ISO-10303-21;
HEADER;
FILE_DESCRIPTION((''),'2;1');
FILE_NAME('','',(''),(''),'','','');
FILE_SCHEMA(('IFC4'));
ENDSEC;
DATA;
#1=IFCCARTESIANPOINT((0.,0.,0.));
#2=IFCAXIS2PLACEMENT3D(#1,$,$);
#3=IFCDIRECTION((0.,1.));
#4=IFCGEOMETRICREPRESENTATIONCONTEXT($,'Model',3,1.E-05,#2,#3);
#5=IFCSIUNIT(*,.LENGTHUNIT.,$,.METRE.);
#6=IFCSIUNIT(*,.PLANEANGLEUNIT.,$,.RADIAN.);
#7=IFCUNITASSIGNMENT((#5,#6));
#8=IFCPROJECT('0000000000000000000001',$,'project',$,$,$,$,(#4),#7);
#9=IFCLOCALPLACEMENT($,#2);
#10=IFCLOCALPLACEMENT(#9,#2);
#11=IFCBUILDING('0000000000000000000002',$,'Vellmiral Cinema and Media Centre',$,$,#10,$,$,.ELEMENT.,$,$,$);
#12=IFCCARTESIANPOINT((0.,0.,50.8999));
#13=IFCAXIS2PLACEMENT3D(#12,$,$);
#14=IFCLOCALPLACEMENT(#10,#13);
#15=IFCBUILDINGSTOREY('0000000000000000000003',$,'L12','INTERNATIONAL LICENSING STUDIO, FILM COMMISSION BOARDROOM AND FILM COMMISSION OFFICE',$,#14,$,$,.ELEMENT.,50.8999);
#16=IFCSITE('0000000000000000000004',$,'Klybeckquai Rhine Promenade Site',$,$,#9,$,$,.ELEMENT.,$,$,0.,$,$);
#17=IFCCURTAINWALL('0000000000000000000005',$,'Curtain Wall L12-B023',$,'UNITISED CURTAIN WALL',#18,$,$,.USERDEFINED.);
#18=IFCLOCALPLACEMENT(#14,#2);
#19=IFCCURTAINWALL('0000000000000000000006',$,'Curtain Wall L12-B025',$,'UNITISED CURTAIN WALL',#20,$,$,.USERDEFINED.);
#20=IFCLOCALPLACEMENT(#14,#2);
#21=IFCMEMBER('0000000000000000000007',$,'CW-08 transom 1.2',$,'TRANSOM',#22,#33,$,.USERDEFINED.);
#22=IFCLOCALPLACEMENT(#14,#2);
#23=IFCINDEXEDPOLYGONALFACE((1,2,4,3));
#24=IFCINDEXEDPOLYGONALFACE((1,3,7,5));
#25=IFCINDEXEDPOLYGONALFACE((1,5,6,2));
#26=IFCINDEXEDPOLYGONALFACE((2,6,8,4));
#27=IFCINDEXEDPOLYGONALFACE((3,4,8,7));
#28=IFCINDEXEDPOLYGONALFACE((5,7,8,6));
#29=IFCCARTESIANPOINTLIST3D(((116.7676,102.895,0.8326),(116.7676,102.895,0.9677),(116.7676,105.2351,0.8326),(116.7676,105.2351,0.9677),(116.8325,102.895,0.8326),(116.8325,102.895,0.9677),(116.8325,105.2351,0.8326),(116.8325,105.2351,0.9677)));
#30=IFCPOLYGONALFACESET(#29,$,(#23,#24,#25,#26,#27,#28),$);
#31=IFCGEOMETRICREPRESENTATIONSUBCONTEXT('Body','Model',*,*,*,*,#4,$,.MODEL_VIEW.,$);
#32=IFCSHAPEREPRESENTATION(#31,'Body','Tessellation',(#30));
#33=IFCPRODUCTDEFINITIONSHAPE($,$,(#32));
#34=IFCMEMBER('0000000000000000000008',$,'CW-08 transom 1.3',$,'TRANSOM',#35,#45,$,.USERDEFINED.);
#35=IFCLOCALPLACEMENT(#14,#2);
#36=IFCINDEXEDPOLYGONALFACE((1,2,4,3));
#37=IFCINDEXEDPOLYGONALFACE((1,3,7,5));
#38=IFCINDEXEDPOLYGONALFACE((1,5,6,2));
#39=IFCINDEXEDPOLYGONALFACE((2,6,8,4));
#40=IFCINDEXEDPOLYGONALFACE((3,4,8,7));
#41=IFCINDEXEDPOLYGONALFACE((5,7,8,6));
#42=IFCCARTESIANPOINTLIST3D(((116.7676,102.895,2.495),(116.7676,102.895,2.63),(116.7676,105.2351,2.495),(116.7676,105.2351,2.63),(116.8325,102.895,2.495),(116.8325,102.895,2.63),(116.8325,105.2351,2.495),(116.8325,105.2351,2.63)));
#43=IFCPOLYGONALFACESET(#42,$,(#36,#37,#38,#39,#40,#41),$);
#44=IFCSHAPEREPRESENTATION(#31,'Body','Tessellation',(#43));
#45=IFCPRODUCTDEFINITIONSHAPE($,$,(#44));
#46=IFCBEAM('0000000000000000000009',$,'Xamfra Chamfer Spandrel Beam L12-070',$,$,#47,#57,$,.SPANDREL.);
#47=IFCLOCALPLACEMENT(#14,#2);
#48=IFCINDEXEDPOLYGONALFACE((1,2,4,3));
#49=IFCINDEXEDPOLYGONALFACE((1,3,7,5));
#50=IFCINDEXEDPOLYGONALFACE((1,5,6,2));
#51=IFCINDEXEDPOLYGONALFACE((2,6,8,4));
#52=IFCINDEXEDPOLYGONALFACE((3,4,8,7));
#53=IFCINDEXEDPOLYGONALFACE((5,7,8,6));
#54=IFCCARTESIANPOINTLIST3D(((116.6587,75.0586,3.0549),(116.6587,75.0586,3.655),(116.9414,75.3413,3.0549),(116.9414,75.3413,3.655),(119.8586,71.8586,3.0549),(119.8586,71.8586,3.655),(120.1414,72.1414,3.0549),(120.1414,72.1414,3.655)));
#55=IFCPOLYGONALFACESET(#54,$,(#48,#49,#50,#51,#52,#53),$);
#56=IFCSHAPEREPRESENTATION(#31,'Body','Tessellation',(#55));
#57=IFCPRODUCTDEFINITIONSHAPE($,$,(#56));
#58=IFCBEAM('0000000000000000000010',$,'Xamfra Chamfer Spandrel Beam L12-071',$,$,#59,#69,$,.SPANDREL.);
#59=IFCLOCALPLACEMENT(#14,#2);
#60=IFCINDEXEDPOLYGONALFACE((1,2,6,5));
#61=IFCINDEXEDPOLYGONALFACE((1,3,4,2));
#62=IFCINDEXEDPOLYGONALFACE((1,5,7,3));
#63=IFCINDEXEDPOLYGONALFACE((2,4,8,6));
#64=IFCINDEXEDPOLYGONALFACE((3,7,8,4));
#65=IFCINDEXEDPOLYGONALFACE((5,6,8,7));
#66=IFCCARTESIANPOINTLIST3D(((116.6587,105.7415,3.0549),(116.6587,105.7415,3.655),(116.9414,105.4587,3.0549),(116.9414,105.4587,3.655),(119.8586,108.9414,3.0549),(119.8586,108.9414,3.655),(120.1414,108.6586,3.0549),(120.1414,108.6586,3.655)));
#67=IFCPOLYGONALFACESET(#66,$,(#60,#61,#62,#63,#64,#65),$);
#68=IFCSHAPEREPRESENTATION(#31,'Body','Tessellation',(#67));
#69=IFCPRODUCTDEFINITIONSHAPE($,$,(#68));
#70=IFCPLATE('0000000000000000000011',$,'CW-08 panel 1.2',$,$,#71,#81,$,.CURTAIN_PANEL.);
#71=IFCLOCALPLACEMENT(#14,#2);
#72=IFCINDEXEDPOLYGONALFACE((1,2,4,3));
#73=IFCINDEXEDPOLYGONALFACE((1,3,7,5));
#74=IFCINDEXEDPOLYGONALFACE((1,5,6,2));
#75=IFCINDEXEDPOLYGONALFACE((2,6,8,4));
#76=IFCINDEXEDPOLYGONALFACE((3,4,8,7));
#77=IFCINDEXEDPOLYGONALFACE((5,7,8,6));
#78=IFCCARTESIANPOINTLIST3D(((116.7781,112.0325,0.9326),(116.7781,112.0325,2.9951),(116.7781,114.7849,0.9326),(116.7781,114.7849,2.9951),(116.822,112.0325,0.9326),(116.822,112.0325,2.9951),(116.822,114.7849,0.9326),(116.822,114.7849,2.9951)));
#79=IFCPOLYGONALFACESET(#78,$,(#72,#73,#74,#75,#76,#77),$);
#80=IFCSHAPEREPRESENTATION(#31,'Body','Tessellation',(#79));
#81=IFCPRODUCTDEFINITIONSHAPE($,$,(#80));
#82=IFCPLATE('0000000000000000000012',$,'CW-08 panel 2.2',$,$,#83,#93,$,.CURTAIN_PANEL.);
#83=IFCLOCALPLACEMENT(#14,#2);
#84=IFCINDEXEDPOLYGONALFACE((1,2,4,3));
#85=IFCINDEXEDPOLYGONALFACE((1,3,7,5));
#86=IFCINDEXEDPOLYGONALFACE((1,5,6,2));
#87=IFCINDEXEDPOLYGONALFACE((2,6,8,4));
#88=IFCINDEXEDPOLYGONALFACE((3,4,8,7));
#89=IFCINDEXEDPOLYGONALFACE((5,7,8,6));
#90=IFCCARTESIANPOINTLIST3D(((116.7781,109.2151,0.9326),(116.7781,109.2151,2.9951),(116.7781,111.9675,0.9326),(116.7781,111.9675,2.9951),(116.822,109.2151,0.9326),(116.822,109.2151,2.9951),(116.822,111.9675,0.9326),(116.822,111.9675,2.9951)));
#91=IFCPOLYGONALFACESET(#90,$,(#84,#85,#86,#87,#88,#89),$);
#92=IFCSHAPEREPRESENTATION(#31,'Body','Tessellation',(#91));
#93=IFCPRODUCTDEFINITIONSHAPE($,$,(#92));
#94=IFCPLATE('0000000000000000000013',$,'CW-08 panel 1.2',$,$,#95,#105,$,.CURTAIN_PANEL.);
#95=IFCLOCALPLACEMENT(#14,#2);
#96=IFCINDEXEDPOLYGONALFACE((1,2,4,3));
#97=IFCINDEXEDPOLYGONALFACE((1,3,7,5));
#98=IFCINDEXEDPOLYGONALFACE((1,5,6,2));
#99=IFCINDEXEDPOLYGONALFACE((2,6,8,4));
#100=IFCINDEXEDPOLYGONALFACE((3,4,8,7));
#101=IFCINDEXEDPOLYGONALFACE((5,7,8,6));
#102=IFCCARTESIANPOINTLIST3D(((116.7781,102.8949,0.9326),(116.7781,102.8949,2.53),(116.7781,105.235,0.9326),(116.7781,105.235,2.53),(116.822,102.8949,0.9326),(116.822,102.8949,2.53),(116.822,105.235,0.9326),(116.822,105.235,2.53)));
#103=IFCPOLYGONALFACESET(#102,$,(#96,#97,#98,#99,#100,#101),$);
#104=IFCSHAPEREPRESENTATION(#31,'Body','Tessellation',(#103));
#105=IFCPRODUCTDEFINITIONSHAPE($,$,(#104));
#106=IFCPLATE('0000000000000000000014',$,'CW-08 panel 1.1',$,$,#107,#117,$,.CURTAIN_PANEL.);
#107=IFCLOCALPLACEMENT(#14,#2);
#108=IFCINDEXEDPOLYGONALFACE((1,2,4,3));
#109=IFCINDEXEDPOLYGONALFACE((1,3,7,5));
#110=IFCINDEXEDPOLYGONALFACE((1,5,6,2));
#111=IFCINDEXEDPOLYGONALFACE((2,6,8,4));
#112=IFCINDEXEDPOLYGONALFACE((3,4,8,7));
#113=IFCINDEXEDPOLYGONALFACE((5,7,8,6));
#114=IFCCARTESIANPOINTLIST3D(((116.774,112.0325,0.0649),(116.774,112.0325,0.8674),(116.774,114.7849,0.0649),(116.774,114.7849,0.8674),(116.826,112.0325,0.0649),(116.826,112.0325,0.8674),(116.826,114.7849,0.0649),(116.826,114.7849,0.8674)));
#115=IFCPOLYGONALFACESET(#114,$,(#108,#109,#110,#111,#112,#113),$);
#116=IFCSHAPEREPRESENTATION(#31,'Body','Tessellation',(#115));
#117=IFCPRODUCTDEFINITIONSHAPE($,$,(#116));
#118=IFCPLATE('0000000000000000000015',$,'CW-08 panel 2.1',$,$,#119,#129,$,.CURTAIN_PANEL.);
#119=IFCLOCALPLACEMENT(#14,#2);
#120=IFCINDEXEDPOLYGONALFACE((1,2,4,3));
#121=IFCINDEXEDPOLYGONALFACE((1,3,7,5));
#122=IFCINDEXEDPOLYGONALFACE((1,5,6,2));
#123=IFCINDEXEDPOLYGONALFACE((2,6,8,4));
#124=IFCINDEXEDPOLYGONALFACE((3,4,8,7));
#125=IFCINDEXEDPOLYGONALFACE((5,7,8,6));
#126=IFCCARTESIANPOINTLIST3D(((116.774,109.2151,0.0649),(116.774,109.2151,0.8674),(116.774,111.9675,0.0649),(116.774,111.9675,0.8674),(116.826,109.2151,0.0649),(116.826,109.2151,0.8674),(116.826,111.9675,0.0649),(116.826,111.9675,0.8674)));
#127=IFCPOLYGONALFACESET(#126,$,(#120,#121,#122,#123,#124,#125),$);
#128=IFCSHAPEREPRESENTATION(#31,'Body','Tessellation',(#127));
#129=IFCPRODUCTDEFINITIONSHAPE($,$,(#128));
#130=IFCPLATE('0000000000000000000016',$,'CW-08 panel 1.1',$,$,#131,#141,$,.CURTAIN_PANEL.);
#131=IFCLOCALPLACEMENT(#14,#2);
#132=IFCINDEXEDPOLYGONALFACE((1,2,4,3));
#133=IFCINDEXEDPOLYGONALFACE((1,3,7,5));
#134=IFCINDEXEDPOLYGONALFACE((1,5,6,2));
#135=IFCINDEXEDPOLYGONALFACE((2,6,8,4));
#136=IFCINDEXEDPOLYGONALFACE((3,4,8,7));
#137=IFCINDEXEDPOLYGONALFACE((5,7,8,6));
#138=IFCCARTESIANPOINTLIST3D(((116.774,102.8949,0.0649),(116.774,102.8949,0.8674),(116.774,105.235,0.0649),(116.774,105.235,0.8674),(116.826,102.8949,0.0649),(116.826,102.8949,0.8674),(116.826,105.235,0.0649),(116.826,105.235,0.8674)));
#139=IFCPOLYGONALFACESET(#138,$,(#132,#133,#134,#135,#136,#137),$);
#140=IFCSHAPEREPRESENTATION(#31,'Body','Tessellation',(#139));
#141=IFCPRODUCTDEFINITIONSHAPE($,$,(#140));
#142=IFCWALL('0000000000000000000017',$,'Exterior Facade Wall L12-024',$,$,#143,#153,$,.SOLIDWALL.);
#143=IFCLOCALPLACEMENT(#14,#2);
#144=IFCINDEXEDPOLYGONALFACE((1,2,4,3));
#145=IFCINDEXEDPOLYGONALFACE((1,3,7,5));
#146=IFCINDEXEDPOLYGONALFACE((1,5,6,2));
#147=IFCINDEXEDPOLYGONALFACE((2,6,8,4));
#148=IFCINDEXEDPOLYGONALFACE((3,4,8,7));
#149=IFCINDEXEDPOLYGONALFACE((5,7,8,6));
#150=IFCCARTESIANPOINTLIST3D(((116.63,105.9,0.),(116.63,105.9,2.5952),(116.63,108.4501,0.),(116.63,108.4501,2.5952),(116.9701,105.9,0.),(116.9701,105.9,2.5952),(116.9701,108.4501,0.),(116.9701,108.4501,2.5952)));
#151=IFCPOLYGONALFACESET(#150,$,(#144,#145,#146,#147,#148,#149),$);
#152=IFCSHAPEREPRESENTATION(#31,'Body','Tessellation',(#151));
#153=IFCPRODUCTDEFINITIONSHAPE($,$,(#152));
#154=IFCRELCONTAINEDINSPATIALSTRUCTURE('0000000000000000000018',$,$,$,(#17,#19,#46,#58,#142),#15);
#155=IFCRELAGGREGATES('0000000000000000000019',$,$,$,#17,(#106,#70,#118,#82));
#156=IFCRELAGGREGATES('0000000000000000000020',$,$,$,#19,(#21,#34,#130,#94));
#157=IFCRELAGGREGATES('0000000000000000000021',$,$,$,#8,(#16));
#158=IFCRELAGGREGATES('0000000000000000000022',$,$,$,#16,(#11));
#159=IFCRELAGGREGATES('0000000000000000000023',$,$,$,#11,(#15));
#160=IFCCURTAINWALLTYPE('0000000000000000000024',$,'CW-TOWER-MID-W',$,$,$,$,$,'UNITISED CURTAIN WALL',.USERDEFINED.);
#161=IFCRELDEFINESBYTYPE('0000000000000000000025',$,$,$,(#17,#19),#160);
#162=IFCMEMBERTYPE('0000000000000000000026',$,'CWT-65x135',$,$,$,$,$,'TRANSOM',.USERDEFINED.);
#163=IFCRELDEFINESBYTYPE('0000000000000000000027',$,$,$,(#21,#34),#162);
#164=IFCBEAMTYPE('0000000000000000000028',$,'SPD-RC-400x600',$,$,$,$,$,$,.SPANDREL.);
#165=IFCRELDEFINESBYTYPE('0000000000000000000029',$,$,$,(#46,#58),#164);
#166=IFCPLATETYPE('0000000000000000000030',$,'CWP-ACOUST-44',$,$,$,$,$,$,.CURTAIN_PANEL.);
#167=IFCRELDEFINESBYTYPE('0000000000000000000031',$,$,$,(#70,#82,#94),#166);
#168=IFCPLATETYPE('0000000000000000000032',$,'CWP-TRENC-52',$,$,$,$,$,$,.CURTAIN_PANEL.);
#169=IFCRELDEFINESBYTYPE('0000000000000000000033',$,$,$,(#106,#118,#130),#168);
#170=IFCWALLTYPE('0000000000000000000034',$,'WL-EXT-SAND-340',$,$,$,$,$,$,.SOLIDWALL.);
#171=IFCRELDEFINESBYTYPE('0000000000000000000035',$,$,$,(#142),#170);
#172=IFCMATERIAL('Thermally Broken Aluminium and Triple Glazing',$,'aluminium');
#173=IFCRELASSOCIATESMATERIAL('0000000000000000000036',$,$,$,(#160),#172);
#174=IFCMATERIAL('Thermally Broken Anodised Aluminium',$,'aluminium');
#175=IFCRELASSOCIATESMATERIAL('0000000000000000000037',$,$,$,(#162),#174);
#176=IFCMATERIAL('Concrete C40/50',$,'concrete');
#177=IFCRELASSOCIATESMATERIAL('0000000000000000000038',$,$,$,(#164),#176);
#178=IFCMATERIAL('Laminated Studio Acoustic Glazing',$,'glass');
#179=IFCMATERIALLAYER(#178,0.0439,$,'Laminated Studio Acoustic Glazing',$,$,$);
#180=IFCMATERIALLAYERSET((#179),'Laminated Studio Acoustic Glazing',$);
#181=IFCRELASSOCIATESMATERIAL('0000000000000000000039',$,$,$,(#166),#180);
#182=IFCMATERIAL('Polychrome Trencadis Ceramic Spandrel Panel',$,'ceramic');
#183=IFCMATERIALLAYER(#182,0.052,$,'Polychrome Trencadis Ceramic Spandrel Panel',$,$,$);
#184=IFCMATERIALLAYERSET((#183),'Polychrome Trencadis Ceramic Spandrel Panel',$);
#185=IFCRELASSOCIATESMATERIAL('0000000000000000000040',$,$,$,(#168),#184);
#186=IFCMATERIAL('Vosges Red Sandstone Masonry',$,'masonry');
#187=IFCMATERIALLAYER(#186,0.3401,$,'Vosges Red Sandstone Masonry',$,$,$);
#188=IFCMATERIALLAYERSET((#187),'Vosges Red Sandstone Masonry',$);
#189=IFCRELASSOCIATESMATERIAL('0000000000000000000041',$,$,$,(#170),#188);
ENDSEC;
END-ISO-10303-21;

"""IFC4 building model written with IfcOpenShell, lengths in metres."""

from ifc_helpers import new_model, si_unit, direction, frame, frame_2d, origin, origin_2d, place, context, subcontext, project, spatial, rectangle, extrude, material, layer, layer_set, material_profile, profile_set, type_object, element, aggregate, save


model = new_model("IFC4")

# Units and contexts
model_context = context("Model", 3, precision=1e-05, world=origin(), true_north=direction((0.0, 1.0)))
body_context = subcontext(model_context, "Body", "Model", "MODEL_VIEW")
ifc_project = project(units=[si_unit("LENGTHUNIT", "METRE"), si_unit("PLANEANGLEUNIT", "RADIAN")], contexts=[model_context])

# Site, building, storey
site_placement = place(None, origin())
site = spatial("IfcSite", under=ifc_project, at=site_placement, Name="Klybeckquai Rhine Promenade Site", CompositionType="ELEMENT", RefElevation=0.0)
building_placement = place(site_placement, origin())
building = spatial("IfcBuilding", under=site, at=building_placement, Name="Vellmiral Cinema and Media Centre", CompositionType="ELEMENT")
storey_placement = place(building_placement, frame((0.0, 0.0, 50.8999)))
storey = spatial("IfcBuildingStorey", under=building, at=storey_placement, Name="L12", Description="INTERNATIONAL LICENSING STUDIO, FILM COMMISSION BOARDROOM AND FILM COMMISSION OFFICE", CompositionType="ELEMENT", Elevation=50.8999)

# Curtain walls
ifc_material_1 = material(Name="Thermally Broken Aluminium and Triple Glazing", Category="aluminium")
curtain_wall_type = type_object("IfcCurtainWallType", Name="CW-TOWER-MID-W", ElementType="UNITISED CURTAIN WALL", PredefinedType="USERDEFINED", material=ifc_material_1)
curtain_wall_1_placement = place(storey_placement, origin())
curtain_wall_1 = element("IfcCurtainWall", 1, at=curtain_wall_1_placement, inside=storey, type_object=curtain_wall_type, Name="Curtain Wall L12-B023", ObjectType="UNITISED CURTAIN WALL", PredefinedType="USERDEFINED")
curtain_wall_2_placement = place(storey_placement, origin())
curtain_wall_2 = element("IfcCurtainWall", 2, at=curtain_wall_2_placement, inside=storey, type_object=curtain_wall_type, Name="Curtain Wall L12-B025", ObjectType="UNITISED CURTAIN WALL", PredefinedType="USERDEFINED")

# Members
ifc_material_2 = material(Name="Thermally Broken Anodised Aluminium", Category="aluminium")
ifc_material_profile_1 = material_profile(ifc_material_2, rectangle(XDim=0.0649, YDim=0.135, at=origin_2d()), Name="MULL 65x135")
ifc_profile_set_1 = profile_set([ifc_material_profile_1], Name="Thermally Broken Anodised Aluminium")
member_type_1 = type_object("IfcMemberType", Name="CWT-65x135", ElementType="TRANSOM", PredefinedType="USERDEFINED", material=ifc_profile_set_1)
member_1_placement = place(storey_placement, frame((116.8, 105.2351, 0.9001), z_axis=(0.0, -1.0, 0.0), x_axis=(1.0, 0.0, 0.0)))
member_1 = element("IfcMember", 3, at=member_1_placement, type_object=member_type_1, Name="CW-08 transom 1.2", ObjectType="TRANSOM", PredefinedType="USERDEFINED", context=body_context, shape_type="SweptSolid", body=[
    extrude(rectangle(XDim=0.0649, YDim=0.135, at=origin_2d()), origin(), (0.0, 0.0, 1.0), 2.3401),
])
member_2_placement = place(storey_placement, frame((116.8, 105.2351, 2.5625), z_axis=(0.0, -1.0, 0.0), x_axis=(1.0, 0.0, 0.0)))
member_2 = element("IfcMember", 4, at=member_2_placement, type_object=member_type_1, Name="CW-08 transom 1.3", ObjectType="TRANSOM", PredefinedType="USERDEFINED", context=body_context, shape_type="SweptSolid", body=[
    extrude(rectangle(XDim=0.0649, YDim=0.135, at=origin_2d()), origin(), (0.0, 0.0, 1.0), 2.3401),
])

# Beams
ifc_material_3 = material(Name="Concrete C40/50", Category="concrete")
ifc_material_profile_2 = material_profile(ifc_material_3, rectangle(XDim=0.3999, YDim=0.6001, at=origin_2d()), Name="RC 400x600")
ifc_profile_set_2 = profile_set([ifc_material_profile_2], Name="Concrete C40/50")
beam_type = type_object("IfcBeamType", Name="SPD-RC-400x600", PredefinedType="SPANDREL", material=ifc_profile_set_2)
for number, where, z_axis, x_axis, name in (
    (5, (116.8, 75.2, 3.355), (0.707107, -0.707107, 0.0), (0.707107, 0.707107, 0.0), "Xamfra Chamfer Spandrel Beam L12-070"),
    (6, (116.8, 105.6001, 3.355), (0.707107, 0.707107, 0.0), (-0.707107, 0.707107, 0.0), "Xamfra Chamfer Spandrel Beam L12-071"),
):
    element("IfcBeam", number, at=place(storey_placement, frame(where, z_axis=z_axis, x_axis=x_axis)), inside=storey, type_object=beam_type, Name=name, PredefinedType="SPANDREL", context=body_context, shape_type="SweptSolid", body=[
        extrude(rectangle(XDim=0.3999, YDim=0.6001, at=origin_2d()), origin(), (0.0, 0.0, 1.0), 4.5254),
    ])

# Plates
ifc_material_4 = material(Name="Laminated Studio Acoustic Glazing", Category="glass")
ifc_layer_1 = layer(ifc_material_4, 0.0439, Name="Laminated Studio Acoustic Glazing")
ifc_layer_set_1 = layer_set([ifc_layer_1], Name="Laminated Studio Acoustic Glazing")
plate_type_1 = type_object("IfcPlateType", Name="CWP-ACOUST-44", PredefinedType="CURTAIN_PANEL", material=ifc_layer_set_1)
plate_1_placement = place(storey_placement, frame((116.8, 113.4087, 0.9326), z_axis=(0.0, 0.0, 1.0), x_axis=(0.0, -1.0, 0.0)))
plate_1 = element("IfcPlate", 7, at=plate_1_placement, type_object=plate_type_1, Name="CW-08 panel 1.2", PredefinedType="CURTAIN_PANEL", context=body_context, shape_type="SweptSolid", body=[
    extrude(rectangle(XDim=2.7524, YDim=0.0439, at=origin_2d()), origin(), (0.0, 0.0, 1.0), 2.0625),
])
plate_2_placement = place(storey_placement, frame((116.8, 110.5913, 0.9326), z_axis=(0.0, 0.0, 1.0), x_axis=(0.0, -1.0, 0.0)))
plate_2 = element("IfcPlate", 8, at=plate_2_placement, type_object=plate_type_1, Name="CW-08 panel 2.2", PredefinedType="CURTAIN_PANEL", context=body_context, shape_type="SweptSolid", body=[
    extrude(rectangle(XDim=2.7524, YDim=0.0439, at=origin_2d()), origin(), (0.0, 0.0, 1.0), 2.0625),
])
plate_3_placement = place(storey_placement, frame((116.8, 104.0649, 0.9326), z_axis=(0.0, 0.0, 1.0), x_axis=(0.0, -1.0, 0.0)))
plate_3 = element("IfcPlate", 9, at=plate_3_placement, type_object=plate_type_1, Name="CW-08 panel 1.2", PredefinedType="CURTAIN_PANEL", context=body_context, shape_type="SweptSolid", body=[
    extrude(rectangle(XDim=2.3401, YDim=0.0439, at=origin_2d()), origin(), (0.0, 0.0, 1.0), 1.5974),
])
ifc_material_5 = material(Name="Polychrome Trencadis Ceramic Spandrel Panel", Category="ceramic")
ifc_layer_2 = layer(ifc_material_5, 0.052, Name="Polychrome Trencadis Ceramic Spandrel Panel")
ifc_layer_set_2 = layer_set([ifc_layer_2], Name="Polychrome Trencadis Ceramic Spandrel Panel")
plate_type_2 = type_object("IfcPlateType", Name="CWP-TRENC-52", PredefinedType="CURTAIN_PANEL", material=ifc_layer_set_2)
plate_4_placement = place(storey_placement, frame((116.8, 113.4087, 0.0649), z_axis=(0.0, 0.0, 1.0), x_axis=(0.0, -1.0, 0.0)))
plate_4 = element("IfcPlate", 10, at=plate_4_placement, type_object=plate_type_2, Name="CW-08 panel 1.1", PredefinedType="CURTAIN_PANEL", context=body_context, shape_type="SweptSolid", body=[
    extrude(rectangle(XDim=2.7524, YDim=0.052, at=origin_2d()), origin(), (0.0, 0.0, 1.0), 0.8025),
])
plate_5_placement = place(storey_placement, frame((116.8, 110.5913, 0.0649), z_axis=(0.0, 0.0, 1.0), x_axis=(0.0, -1.0, 0.0)))
plate_5 = element("IfcPlate", 11, at=plate_5_placement, type_object=plate_type_2, Name="CW-08 panel 2.1", PredefinedType="CURTAIN_PANEL", context=body_context, shape_type="SweptSolid", body=[
    extrude(rectangle(XDim=2.7524, YDim=0.052, at=origin_2d()), origin(), (0.0, 0.0, 1.0), 0.8025),
])
aggregate(curtain_wall_1, [plate_4, plate_1, plate_5, plate_2])
plate_6_placement = place(storey_placement, frame((116.8, 104.0649, 0.0649), z_axis=(0.0, 0.0, 1.0), x_axis=(0.0, -1.0, 0.0)))
plate_6 = element("IfcPlate", 12, at=plate_6_placement, type_object=plate_type_2, Name="CW-08 panel 1.1", PredefinedType="CURTAIN_PANEL", context=body_context, shape_type="SweptSolid", body=[
    extrude(rectangle(XDim=2.3401, YDim=0.052, at=origin_2d()), origin(), (0.0, 0.0, 1.0), 0.8025),
])
aggregate(curtain_wall_2, [member_1, member_2, plate_6, plate_3])

# Wall
ifc_material_6 = material(Name="Vosges Red Sandstone Masonry", Category="masonry")
ifc_layer_3 = layer(ifc_material_6, 0.3401, Name="Vosges Red Sandstone Masonry")
ifc_layer_set_3 = layer_set([ifc_layer_3], Name="Vosges Red Sandstone Masonry")
wall_type = type_object("IfcWallType", Name="WL-EXT-SAND-340", PredefinedType="SOLIDWALL", material=ifc_layer_set_3)
wall_placement = place(storey_placement, frame((116.8, 108.45, 0.0), z_axis=(0.0, 0.0, 1.0), x_axis=(0.0, -1.0, 0.0)))
element("IfcWall", 13, at=wall_placement, inside=storey, type_object=wall_type, Name="Exterior Facade Wall L12-024", PredefinedType="SOLIDWALL", context=body_context, shape_type="SweptSolid", body=[
    extrude(rectangle(XDim=2.55, YDim=0.3401, at=frame_2d((1.2749, 0.0))), origin(), (0.0, 0.0, 1.0), 2.5952),
])

save(model, "model.ifc")
